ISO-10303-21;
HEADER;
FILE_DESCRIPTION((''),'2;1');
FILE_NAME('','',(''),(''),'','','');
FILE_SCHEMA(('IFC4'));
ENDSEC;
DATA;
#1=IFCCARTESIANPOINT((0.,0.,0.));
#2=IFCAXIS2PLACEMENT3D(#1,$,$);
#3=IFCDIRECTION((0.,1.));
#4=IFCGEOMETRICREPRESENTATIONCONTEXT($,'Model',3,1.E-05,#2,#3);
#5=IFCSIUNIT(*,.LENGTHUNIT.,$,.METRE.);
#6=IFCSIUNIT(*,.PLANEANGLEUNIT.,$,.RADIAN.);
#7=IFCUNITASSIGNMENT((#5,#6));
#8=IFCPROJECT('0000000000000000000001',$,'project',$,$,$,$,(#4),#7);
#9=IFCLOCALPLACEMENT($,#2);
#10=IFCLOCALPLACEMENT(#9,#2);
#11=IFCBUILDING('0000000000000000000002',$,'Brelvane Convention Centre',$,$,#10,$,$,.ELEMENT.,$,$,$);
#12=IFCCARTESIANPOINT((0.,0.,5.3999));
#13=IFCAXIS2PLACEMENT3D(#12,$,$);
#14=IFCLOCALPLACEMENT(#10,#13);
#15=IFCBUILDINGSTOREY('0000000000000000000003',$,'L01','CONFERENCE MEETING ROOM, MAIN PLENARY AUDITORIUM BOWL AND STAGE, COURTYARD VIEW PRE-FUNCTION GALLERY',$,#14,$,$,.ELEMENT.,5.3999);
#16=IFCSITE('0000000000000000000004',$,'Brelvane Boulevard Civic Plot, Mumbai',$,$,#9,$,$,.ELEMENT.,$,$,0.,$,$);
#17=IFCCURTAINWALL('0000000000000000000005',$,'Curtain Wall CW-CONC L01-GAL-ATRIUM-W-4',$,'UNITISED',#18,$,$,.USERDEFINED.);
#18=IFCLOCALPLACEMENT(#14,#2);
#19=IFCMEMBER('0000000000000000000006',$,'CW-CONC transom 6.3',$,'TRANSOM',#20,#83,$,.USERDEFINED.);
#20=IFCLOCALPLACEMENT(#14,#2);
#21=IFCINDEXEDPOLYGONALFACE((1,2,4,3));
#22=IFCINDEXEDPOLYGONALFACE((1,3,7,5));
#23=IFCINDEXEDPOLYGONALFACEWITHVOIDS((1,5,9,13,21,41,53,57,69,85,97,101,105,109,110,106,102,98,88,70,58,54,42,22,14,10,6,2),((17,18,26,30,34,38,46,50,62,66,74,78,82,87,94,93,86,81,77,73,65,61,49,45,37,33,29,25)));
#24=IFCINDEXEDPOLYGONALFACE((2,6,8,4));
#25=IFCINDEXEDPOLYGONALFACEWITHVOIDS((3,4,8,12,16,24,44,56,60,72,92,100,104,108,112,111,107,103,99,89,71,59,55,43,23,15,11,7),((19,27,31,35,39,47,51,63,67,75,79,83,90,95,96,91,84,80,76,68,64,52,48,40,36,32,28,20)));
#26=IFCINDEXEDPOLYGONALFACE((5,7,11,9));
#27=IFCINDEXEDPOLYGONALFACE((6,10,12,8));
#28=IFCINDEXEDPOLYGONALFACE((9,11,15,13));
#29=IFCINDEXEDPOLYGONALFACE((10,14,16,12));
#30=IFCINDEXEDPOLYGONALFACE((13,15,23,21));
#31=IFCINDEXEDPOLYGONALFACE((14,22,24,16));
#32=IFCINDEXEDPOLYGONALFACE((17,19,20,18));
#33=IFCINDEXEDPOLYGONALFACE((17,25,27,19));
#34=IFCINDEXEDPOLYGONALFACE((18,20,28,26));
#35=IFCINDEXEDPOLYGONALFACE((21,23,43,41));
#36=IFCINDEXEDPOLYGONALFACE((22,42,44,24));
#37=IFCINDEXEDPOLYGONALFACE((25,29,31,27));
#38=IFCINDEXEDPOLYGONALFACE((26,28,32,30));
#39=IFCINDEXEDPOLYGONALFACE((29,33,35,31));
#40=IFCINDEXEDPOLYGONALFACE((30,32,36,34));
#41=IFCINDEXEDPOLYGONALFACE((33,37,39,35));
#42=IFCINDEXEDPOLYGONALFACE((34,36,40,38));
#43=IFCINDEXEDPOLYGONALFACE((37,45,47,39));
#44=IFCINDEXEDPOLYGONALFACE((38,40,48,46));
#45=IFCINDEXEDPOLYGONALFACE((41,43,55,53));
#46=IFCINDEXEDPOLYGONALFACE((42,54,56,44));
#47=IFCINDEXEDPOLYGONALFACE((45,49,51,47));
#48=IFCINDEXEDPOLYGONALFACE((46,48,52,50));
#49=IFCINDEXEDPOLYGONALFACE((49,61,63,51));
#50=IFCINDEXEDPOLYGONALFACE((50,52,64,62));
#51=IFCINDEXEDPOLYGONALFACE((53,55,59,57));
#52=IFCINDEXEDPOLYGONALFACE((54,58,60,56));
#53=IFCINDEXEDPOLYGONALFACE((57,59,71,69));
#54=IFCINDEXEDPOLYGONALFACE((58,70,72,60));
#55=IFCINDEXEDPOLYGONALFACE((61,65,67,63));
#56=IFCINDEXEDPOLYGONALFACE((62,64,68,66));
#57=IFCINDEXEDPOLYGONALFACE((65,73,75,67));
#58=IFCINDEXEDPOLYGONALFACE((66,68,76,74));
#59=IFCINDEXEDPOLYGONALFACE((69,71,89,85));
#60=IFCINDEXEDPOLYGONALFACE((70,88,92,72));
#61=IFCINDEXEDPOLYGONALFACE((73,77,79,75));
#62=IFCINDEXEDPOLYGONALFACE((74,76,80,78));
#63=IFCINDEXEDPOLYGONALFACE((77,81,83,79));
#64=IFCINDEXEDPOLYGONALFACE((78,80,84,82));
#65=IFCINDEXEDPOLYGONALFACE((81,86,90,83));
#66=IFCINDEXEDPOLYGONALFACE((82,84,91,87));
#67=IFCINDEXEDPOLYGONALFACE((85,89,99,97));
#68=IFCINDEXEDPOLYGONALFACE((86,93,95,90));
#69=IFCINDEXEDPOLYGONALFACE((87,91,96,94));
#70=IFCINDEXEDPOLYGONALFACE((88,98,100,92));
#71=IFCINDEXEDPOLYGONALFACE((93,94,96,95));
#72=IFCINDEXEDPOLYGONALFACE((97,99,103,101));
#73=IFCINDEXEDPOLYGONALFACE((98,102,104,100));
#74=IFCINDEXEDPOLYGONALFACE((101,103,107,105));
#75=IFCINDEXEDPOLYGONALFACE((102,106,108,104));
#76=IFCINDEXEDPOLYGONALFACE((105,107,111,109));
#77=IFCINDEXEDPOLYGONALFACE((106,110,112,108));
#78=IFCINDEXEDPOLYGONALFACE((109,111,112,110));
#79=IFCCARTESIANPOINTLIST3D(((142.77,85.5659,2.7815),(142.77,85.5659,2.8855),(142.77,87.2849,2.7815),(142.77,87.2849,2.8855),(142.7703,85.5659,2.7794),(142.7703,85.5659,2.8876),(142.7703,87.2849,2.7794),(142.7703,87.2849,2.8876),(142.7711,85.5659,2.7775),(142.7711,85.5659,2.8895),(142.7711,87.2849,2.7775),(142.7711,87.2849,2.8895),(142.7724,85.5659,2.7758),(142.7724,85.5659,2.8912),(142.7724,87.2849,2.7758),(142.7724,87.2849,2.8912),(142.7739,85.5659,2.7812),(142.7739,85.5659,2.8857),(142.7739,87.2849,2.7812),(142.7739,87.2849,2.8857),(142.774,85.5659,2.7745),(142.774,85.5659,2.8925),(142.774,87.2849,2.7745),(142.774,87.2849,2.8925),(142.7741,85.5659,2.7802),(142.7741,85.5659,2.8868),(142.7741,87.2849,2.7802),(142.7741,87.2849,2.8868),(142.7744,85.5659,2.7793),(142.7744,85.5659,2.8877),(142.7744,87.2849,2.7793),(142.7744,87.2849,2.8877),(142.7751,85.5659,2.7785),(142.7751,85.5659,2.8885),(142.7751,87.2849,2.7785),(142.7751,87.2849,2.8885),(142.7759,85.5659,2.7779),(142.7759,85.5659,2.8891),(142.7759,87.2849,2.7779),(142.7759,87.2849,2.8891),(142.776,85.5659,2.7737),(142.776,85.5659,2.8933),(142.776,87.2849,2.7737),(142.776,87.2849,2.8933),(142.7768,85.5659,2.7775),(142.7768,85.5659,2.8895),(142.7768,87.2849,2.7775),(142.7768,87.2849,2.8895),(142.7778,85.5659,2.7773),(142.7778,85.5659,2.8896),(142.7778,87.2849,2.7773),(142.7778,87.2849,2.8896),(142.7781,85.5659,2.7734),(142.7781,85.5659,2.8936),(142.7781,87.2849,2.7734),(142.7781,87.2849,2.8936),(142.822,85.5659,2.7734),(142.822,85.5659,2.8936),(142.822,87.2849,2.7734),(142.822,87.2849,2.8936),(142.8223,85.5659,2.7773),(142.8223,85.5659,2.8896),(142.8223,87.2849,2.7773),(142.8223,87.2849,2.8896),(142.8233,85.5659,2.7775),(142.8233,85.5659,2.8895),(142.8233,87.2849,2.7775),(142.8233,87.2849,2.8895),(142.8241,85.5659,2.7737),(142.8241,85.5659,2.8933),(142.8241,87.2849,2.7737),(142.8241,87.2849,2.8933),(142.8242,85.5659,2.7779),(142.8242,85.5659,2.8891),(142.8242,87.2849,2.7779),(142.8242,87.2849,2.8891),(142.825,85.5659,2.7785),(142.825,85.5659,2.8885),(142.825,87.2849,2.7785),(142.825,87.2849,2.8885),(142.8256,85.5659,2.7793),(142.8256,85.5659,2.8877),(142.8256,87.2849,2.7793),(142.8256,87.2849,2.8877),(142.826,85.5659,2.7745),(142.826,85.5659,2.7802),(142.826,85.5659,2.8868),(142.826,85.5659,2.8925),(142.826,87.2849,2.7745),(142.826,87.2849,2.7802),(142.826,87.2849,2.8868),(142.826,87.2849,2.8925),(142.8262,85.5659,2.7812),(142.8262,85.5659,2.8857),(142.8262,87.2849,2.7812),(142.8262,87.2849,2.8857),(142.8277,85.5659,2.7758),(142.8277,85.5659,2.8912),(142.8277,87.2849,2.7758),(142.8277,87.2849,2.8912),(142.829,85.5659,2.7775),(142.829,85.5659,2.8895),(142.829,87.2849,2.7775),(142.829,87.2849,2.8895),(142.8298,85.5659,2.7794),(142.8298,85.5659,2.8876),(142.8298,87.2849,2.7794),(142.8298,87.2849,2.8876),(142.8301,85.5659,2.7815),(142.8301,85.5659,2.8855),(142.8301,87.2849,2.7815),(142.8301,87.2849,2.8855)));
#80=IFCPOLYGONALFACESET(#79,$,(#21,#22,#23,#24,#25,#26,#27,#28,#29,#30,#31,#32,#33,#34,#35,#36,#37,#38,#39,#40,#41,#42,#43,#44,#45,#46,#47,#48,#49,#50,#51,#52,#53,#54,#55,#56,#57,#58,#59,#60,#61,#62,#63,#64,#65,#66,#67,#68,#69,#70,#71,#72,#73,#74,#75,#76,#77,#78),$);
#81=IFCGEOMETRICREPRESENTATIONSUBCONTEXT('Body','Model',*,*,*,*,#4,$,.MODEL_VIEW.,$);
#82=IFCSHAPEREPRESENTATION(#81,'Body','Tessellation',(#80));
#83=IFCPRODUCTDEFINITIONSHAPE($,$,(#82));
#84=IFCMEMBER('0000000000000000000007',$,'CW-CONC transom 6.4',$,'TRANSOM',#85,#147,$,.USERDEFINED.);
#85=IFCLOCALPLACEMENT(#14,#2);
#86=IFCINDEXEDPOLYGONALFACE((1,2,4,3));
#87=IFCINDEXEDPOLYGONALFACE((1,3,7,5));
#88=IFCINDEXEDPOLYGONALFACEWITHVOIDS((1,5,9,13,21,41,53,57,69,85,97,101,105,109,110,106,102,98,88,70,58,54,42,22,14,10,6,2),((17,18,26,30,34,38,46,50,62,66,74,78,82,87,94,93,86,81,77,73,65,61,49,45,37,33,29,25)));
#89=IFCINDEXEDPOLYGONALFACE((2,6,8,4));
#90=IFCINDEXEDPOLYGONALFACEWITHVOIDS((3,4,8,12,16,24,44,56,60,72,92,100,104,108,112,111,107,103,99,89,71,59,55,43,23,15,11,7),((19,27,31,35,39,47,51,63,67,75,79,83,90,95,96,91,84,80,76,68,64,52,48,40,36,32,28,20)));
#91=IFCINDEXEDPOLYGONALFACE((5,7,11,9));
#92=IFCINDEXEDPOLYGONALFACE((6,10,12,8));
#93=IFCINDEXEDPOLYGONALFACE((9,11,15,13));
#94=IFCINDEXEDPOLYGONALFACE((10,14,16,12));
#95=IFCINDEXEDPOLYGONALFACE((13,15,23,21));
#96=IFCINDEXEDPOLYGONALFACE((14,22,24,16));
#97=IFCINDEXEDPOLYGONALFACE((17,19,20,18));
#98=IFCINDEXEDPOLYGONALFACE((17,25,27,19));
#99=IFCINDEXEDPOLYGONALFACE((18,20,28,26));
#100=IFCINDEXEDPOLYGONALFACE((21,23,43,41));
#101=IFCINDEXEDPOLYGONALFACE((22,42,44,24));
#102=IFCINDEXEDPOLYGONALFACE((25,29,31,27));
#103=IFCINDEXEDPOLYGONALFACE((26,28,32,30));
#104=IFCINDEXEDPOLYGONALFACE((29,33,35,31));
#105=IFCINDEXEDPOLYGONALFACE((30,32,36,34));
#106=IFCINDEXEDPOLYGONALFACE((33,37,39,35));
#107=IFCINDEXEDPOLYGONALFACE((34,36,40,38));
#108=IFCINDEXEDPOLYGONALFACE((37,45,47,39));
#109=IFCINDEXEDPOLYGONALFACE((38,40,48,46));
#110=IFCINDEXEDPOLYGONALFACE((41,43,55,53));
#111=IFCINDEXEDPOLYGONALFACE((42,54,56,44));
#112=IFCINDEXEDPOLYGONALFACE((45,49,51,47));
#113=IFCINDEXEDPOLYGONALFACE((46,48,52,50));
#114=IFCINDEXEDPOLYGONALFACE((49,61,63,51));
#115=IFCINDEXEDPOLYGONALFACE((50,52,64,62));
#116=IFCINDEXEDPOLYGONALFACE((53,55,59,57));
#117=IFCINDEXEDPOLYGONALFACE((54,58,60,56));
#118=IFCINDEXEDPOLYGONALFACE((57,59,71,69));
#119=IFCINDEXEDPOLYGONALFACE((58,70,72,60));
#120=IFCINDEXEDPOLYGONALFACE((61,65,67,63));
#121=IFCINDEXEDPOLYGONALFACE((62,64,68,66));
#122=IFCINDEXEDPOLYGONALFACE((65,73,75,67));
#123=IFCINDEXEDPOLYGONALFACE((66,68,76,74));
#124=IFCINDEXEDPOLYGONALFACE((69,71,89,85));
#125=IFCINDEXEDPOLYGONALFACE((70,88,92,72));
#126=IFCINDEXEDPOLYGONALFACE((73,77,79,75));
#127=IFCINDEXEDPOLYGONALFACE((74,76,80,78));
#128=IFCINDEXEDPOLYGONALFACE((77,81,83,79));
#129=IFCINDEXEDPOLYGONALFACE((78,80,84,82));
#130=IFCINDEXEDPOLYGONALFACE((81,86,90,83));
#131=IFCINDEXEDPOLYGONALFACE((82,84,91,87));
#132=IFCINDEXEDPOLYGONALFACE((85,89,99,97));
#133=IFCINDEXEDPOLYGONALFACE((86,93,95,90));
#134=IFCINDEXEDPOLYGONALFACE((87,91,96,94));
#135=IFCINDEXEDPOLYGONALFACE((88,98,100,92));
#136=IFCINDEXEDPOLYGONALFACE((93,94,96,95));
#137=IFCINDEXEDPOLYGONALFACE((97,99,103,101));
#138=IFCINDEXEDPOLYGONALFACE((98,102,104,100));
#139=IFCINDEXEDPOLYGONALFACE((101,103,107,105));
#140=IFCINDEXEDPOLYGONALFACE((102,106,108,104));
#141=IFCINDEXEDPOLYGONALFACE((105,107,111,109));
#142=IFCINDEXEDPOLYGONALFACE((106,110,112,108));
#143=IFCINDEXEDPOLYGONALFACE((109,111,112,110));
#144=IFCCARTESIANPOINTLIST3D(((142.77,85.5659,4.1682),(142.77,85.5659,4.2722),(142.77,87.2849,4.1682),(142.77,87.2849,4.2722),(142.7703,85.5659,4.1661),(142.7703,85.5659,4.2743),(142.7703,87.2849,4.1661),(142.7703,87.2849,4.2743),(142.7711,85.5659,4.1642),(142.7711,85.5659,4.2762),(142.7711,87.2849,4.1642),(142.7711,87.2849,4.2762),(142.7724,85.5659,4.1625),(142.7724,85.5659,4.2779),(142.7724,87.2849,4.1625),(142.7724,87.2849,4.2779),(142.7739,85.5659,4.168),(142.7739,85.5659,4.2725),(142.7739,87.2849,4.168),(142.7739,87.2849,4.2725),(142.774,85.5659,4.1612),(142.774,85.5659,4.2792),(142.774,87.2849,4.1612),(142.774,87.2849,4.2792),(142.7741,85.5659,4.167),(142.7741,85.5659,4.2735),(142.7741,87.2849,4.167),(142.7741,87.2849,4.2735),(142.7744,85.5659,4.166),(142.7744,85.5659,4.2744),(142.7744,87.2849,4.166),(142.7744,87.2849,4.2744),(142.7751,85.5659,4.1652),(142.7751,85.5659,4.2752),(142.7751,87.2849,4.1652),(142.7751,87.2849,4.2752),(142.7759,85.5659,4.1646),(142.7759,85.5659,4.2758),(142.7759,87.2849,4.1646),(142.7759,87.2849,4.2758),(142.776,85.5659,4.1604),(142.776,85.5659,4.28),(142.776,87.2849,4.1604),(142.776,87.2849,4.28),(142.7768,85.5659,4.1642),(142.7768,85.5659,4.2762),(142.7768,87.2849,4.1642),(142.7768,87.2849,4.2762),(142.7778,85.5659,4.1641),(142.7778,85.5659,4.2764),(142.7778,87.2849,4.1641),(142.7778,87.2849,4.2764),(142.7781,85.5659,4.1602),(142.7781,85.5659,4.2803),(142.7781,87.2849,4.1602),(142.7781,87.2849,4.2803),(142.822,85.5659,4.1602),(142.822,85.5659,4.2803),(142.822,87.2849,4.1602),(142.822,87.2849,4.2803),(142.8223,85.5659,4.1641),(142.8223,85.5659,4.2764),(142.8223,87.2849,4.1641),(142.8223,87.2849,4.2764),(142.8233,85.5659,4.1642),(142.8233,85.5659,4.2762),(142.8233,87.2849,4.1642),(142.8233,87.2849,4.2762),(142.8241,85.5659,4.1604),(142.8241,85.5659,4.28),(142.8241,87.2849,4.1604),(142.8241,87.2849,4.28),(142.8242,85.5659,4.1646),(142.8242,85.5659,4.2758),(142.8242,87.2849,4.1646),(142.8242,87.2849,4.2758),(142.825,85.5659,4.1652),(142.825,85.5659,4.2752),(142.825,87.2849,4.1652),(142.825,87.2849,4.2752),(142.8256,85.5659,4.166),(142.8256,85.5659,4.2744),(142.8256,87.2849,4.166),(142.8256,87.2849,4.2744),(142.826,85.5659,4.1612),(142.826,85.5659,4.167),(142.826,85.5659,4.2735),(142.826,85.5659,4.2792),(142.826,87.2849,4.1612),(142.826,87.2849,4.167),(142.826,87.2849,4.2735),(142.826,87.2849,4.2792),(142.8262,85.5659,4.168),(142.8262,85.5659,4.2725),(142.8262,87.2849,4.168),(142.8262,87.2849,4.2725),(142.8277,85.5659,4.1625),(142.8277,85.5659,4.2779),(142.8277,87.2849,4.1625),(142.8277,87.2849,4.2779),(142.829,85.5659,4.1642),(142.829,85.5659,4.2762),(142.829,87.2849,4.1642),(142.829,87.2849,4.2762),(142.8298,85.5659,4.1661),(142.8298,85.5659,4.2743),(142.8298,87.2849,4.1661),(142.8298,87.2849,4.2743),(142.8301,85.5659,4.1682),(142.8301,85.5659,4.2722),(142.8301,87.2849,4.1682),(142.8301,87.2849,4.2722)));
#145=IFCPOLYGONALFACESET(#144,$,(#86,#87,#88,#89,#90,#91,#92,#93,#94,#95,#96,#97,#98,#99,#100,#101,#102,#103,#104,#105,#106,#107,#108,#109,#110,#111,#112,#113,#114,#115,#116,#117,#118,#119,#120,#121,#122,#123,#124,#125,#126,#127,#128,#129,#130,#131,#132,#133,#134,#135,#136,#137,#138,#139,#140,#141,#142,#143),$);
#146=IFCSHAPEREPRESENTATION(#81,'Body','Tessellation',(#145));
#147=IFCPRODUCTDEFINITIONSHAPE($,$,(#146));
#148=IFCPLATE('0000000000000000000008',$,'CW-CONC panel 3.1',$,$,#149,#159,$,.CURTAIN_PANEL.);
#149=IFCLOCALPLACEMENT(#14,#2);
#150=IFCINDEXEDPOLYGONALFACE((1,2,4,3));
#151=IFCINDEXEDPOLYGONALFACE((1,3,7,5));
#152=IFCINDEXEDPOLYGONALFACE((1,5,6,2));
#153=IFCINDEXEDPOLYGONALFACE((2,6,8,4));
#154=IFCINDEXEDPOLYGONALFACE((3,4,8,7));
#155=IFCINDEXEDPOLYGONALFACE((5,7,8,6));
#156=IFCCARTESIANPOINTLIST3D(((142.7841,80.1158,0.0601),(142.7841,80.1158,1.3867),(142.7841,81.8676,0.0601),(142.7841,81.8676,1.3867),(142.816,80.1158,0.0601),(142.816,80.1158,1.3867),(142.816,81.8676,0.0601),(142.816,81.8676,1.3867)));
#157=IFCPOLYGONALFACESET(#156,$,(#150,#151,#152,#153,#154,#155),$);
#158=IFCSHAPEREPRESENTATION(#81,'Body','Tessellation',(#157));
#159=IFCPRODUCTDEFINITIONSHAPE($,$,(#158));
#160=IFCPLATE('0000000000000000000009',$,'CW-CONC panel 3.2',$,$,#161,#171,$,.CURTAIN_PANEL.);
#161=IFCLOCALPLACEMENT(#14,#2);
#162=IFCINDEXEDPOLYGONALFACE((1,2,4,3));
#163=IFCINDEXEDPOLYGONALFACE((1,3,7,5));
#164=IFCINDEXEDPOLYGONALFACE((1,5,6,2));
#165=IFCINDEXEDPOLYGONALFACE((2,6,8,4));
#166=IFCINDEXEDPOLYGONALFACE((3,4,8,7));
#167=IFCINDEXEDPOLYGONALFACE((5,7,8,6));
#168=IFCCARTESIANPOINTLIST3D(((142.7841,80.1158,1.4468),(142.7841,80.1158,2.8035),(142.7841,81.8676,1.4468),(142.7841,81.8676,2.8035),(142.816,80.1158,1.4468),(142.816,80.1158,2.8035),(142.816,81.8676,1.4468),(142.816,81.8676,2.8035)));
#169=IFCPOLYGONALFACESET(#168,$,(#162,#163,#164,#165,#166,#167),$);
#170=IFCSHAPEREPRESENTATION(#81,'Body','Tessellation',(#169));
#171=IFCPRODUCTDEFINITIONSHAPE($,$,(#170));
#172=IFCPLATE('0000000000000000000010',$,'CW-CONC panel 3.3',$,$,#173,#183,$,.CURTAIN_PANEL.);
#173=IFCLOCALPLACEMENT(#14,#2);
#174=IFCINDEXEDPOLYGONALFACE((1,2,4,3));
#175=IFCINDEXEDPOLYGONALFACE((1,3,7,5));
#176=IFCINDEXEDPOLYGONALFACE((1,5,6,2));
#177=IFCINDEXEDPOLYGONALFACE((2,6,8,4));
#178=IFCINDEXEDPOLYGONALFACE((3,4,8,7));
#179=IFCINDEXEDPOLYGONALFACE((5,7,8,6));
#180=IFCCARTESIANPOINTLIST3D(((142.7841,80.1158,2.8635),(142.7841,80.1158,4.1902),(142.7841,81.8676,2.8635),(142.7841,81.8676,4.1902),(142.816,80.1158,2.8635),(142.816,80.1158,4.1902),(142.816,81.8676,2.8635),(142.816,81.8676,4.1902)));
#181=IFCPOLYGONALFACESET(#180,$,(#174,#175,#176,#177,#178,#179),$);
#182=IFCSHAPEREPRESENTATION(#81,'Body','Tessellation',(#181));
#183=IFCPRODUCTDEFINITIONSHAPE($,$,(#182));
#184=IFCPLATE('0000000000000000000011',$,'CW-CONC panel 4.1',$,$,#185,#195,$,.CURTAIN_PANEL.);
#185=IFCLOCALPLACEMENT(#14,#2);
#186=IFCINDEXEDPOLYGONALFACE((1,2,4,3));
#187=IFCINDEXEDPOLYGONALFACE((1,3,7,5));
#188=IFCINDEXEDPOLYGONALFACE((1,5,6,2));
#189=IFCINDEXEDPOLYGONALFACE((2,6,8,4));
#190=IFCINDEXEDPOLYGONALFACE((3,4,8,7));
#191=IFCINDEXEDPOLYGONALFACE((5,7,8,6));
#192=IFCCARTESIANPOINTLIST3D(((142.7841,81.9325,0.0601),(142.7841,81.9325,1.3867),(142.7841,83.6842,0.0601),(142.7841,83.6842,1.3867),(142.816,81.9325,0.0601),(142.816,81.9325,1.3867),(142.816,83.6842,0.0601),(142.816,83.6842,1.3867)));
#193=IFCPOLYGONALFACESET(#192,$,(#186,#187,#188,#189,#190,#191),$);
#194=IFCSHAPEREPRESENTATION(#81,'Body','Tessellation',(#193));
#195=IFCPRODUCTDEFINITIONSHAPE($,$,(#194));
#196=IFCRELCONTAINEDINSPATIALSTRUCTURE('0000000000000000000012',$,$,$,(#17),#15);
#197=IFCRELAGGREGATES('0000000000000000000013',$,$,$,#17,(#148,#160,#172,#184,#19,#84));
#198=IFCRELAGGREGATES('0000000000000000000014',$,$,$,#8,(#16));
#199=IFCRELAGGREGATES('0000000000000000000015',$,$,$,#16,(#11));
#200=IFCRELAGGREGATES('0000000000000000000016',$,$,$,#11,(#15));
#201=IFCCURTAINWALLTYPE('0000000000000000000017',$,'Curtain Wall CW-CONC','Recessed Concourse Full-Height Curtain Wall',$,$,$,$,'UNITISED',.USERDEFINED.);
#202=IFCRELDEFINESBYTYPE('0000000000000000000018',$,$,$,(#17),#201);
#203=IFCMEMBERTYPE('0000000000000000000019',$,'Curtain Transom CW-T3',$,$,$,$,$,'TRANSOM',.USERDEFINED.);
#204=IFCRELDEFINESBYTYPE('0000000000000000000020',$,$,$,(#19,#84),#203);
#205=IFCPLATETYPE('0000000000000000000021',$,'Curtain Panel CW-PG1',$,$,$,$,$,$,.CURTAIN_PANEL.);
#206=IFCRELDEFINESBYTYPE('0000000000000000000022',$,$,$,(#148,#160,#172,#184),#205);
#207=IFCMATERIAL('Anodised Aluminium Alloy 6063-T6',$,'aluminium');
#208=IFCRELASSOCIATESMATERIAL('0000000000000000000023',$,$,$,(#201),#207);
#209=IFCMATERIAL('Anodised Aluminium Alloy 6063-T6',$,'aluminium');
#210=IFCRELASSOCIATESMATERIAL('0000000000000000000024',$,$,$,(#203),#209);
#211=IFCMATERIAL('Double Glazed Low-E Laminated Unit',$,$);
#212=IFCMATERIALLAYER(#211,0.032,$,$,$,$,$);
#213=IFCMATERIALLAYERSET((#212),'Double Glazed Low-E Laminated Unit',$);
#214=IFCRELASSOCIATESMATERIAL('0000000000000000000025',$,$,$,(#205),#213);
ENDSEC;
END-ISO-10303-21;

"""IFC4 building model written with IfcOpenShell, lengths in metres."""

from ifc_helpers import new_model, si_unit, direction, frame, origin, origin_2d, place, context, subcontext, project, spatial, rectangle, hollow_rectangle, extrude, material, layer, layer_set, material_profile, profile_set, type_object, element, aggregate, save


model = new_model("IFC4")

# Units and contexts
model_context = context("Model", 3, precision=1e-05, world=origin(), true_north=direction((0.0, 1.0)))
body_context = subcontext(model_context, "Body", "Model", "MODEL_VIEW")
ifc_project = project(units=[si_unit("LENGTHUNIT", "METRE"), si_unit("PLANEANGLEUNIT", "RADIAN")], contexts=[model_context])

# Site, building, storey
site_placement = place(None, origin())
site = spatial("IfcSite", under=ifc_project, at=site_placement, Name="Brelvane Boulevard Civic Plot, Mumbai", CompositionType="ELEMENT", RefElevation=0.0)
building_placement = place(site_placement, origin())
building = spatial("IfcBuilding", under=site, at=building_placement, Name="Brelvane Convention Centre", CompositionType="ELEMENT")
storey_placement = place(building_placement, frame((0.0, 0.0, 5.3999)))
storey = spatial("IfcBuildingStorey", under=building, at=storey_placement, Name="L01", Description="CONFERENCE MEETING ROOM, MAIN PLENARY AUDITORIUM BOWL AND STAGE, COURTYARD VIEW PRE-FUNCTION GALLERY", CompositionType="ELEMENT", Elevation=5.3999)

# Curtain wall, members, plates
ifc_material_1 = material(Name="Anodised Aluminium Alloy 6063-T6", Category="aluminium")
curtain_wall_type = type_object("IfcCurtainWallType", Name="Curtain Wall CW-CONC", Description="Recessed Concourse Full-Height Curtain Wall", ElementType="UNITISED", PredefinedType="USERDEFINED", material=ifc_material_1)
curtain_wall_placement = place(storey_placement, origin())
curtain_wall = element("IfcCurtainWall", 1, at=curtain_wall_placement, inside=storey, type_object=curtain_wall_type, Name="Curtain Wall CW-CONC L01-GAL-ATRIUM-W-4", ObjectType="UNITISED", PredefinedType="USERDEFINED")
ifc_material_2 = material(Name="Anodised Aluminium Alloy 6063-T6", Category="aluminium")
ifc_material_profile_1 = material_profile(ifc_material_2, hollow_rectangle(XDim=0.0601, YDim=0.1201, WallThickness=0.0039, InnerFilletRadius=0.0039, OuterFilletRadius=0.0081, at=origin_2d()), Name="ALU-T 120x60x4.0")
ifc_profile_set_1 = profile_set([ifc_material_profile_1], Name="Anodised Aluminium Alloy 6063-T6")
member_type_1 = type_object("IfcMemberType", Name="Curtain Transom CW-T3", ElementType="TRANSOM", PredefinedType="USERDEFINED", material=ifc_profile_set_1)
member_1_placement = place(storey_placement, frame((142.8, 85.5659, 2.8335), z_axis=(0.0, 1.0, 0.0), x_axis=(-1.0, 0.0, 0.0)))
member_1 = element("IfcMember", 2, at=member_1_placement, type_object=member_type_1, Name="CW-CONC transom 6.3", ObjectType="TRANSOM", PredefinedType="USERDEFINED", context=body_context, shape_type="SweptSolid", body=[
    extrude(hollow_rectangle(XDim=0.0601, YDim=0.1201, WallThickness=0.0039, InnerFilletRadius=0.0039, OuterFilletRadius=0.0081, at=origin_2d()), origin(), (0.0, 0.0, 1.0), 1.719),
])
member_2_placement = place(storey_placement, frame((142.8, 85.5659, 4.2202), z_axis=(0.0, 1.0, 0.0), x_axis=(-1.0, 0.0, 0.0)))
member_2 = element("IfcMember", 3, at=member_2_placement, type_object=member_type_1, Name="CW-CONC transom 6.4", ObjectType="TRANSOM", PredefinedType="USERDEFINED", context=body_context, shape_type="SweptSolid", body=[
    extrude(hollow_rectangle(XDim=0.0601, YDim=0.1201, WallThickness=0.0039, InnerFilletRadius=0.0039, OuterFilletRadius=0.0081, at=origin_2d()), origin(), (0.0, 0.0, 1.0), 1.719),
])
ifc_material_3 = material(Name="Double Glazed Low-E Laminated Unit")
ifc_layer = layer(ifc_material_3, 0.032)
ifc_layer_set = layer_set([ifc_layer], Name="Double Glazed Low-E Laminated Unit")
plate_type = type_object("IfcPlateType", Name="Curtain Panel CW-PG1", PredefinedType="CURTAIN_PANEL", material=ifc_layer_set)
plate_1_placement = place(storey_placement, frame((142.8, 80.9917, 0.0601), z_axis=(0.0, 0.0, 1.0), x_axis=(0.0, 1.0, 0.0)))
plate_1 = element("IfcPlate", 4, at=plate_1_placement, type_object=plate_type, Name="CW-CONC panel 3.1", PredefinedType="CURTAIN_PANEL", context=body_context, shape_type="SweptSolid", body=[
    extrude(rectangle(XDim=1.7517, YDim=0.032, at=origin_2d()), origin(), (0.0, 0.0, 1.0), 1.3267),
])
plate_2_placement = place(storey_placement, frame((142.8, 80.9917, 1.4468), z_axis=(0.0, 0.0, 1.0), x_axis=(0.0, 1.0, 0.0)))
plate_2 = element("IfcPlate", 5, at=plate_2_placement, type_object=plate_type, Name="CW-CONC panel 3.2", PredefinedType="CURTAIN_PANEL", context=body_context, shape_type="SweptSolid", body=[
    extrude(rectangle(XDim=1.7517, YDim=0.032, at=origin_2d()), origin(), (0.0, 0.0, 1.0), 1.3567),
])
plate_3_placement = place(storey_placement, frame((142.8, 80.9917, 2.8635), z_axis=(0.0, 0.0, 1.0), x_axis=(0.0, 1.0, 0.0)))
plate_3 = element("IfcPlate", 6, at=plate_3_placement, type_object=plate_type, Name="CW-CONC panel 3.3", PredefinedType="CURTAIN_PANEL", context=body_context, shape_type="SweptSolid", body=[
    extrude(rectangle(XDim=1.7517, YDim=0.032, at=origin_2d()), origin(), (0.0, 0.0, 1.0), 1.3267),
])
plate_4_placement = place(storey_placement, frame((142.8, 82.8083, 0.0601), z_axis=(0.0, 0.0, 1.0), x_axis=(0.0, 1.0, 0.0)))
plate_4 = element("IfcPlate", 7, at=plate_4_placement, type_object=plate_type, Name="CW-CONC panel 4.1", PredefinedType="CURTAIN_PANEL", context=body_context, shape_type="SweptSolid", body=[
    extrude(rectangle(XDim=1.7517, YDim=0.032, at=origin_2d()), origin(), (0.0, 0.0, 1.0), 1.3267),
])
aggregate(curtain_wall, [plate_1, plate_2, plate_3, plate_4, member_1, member_2])

save(model, "model.ifc")
